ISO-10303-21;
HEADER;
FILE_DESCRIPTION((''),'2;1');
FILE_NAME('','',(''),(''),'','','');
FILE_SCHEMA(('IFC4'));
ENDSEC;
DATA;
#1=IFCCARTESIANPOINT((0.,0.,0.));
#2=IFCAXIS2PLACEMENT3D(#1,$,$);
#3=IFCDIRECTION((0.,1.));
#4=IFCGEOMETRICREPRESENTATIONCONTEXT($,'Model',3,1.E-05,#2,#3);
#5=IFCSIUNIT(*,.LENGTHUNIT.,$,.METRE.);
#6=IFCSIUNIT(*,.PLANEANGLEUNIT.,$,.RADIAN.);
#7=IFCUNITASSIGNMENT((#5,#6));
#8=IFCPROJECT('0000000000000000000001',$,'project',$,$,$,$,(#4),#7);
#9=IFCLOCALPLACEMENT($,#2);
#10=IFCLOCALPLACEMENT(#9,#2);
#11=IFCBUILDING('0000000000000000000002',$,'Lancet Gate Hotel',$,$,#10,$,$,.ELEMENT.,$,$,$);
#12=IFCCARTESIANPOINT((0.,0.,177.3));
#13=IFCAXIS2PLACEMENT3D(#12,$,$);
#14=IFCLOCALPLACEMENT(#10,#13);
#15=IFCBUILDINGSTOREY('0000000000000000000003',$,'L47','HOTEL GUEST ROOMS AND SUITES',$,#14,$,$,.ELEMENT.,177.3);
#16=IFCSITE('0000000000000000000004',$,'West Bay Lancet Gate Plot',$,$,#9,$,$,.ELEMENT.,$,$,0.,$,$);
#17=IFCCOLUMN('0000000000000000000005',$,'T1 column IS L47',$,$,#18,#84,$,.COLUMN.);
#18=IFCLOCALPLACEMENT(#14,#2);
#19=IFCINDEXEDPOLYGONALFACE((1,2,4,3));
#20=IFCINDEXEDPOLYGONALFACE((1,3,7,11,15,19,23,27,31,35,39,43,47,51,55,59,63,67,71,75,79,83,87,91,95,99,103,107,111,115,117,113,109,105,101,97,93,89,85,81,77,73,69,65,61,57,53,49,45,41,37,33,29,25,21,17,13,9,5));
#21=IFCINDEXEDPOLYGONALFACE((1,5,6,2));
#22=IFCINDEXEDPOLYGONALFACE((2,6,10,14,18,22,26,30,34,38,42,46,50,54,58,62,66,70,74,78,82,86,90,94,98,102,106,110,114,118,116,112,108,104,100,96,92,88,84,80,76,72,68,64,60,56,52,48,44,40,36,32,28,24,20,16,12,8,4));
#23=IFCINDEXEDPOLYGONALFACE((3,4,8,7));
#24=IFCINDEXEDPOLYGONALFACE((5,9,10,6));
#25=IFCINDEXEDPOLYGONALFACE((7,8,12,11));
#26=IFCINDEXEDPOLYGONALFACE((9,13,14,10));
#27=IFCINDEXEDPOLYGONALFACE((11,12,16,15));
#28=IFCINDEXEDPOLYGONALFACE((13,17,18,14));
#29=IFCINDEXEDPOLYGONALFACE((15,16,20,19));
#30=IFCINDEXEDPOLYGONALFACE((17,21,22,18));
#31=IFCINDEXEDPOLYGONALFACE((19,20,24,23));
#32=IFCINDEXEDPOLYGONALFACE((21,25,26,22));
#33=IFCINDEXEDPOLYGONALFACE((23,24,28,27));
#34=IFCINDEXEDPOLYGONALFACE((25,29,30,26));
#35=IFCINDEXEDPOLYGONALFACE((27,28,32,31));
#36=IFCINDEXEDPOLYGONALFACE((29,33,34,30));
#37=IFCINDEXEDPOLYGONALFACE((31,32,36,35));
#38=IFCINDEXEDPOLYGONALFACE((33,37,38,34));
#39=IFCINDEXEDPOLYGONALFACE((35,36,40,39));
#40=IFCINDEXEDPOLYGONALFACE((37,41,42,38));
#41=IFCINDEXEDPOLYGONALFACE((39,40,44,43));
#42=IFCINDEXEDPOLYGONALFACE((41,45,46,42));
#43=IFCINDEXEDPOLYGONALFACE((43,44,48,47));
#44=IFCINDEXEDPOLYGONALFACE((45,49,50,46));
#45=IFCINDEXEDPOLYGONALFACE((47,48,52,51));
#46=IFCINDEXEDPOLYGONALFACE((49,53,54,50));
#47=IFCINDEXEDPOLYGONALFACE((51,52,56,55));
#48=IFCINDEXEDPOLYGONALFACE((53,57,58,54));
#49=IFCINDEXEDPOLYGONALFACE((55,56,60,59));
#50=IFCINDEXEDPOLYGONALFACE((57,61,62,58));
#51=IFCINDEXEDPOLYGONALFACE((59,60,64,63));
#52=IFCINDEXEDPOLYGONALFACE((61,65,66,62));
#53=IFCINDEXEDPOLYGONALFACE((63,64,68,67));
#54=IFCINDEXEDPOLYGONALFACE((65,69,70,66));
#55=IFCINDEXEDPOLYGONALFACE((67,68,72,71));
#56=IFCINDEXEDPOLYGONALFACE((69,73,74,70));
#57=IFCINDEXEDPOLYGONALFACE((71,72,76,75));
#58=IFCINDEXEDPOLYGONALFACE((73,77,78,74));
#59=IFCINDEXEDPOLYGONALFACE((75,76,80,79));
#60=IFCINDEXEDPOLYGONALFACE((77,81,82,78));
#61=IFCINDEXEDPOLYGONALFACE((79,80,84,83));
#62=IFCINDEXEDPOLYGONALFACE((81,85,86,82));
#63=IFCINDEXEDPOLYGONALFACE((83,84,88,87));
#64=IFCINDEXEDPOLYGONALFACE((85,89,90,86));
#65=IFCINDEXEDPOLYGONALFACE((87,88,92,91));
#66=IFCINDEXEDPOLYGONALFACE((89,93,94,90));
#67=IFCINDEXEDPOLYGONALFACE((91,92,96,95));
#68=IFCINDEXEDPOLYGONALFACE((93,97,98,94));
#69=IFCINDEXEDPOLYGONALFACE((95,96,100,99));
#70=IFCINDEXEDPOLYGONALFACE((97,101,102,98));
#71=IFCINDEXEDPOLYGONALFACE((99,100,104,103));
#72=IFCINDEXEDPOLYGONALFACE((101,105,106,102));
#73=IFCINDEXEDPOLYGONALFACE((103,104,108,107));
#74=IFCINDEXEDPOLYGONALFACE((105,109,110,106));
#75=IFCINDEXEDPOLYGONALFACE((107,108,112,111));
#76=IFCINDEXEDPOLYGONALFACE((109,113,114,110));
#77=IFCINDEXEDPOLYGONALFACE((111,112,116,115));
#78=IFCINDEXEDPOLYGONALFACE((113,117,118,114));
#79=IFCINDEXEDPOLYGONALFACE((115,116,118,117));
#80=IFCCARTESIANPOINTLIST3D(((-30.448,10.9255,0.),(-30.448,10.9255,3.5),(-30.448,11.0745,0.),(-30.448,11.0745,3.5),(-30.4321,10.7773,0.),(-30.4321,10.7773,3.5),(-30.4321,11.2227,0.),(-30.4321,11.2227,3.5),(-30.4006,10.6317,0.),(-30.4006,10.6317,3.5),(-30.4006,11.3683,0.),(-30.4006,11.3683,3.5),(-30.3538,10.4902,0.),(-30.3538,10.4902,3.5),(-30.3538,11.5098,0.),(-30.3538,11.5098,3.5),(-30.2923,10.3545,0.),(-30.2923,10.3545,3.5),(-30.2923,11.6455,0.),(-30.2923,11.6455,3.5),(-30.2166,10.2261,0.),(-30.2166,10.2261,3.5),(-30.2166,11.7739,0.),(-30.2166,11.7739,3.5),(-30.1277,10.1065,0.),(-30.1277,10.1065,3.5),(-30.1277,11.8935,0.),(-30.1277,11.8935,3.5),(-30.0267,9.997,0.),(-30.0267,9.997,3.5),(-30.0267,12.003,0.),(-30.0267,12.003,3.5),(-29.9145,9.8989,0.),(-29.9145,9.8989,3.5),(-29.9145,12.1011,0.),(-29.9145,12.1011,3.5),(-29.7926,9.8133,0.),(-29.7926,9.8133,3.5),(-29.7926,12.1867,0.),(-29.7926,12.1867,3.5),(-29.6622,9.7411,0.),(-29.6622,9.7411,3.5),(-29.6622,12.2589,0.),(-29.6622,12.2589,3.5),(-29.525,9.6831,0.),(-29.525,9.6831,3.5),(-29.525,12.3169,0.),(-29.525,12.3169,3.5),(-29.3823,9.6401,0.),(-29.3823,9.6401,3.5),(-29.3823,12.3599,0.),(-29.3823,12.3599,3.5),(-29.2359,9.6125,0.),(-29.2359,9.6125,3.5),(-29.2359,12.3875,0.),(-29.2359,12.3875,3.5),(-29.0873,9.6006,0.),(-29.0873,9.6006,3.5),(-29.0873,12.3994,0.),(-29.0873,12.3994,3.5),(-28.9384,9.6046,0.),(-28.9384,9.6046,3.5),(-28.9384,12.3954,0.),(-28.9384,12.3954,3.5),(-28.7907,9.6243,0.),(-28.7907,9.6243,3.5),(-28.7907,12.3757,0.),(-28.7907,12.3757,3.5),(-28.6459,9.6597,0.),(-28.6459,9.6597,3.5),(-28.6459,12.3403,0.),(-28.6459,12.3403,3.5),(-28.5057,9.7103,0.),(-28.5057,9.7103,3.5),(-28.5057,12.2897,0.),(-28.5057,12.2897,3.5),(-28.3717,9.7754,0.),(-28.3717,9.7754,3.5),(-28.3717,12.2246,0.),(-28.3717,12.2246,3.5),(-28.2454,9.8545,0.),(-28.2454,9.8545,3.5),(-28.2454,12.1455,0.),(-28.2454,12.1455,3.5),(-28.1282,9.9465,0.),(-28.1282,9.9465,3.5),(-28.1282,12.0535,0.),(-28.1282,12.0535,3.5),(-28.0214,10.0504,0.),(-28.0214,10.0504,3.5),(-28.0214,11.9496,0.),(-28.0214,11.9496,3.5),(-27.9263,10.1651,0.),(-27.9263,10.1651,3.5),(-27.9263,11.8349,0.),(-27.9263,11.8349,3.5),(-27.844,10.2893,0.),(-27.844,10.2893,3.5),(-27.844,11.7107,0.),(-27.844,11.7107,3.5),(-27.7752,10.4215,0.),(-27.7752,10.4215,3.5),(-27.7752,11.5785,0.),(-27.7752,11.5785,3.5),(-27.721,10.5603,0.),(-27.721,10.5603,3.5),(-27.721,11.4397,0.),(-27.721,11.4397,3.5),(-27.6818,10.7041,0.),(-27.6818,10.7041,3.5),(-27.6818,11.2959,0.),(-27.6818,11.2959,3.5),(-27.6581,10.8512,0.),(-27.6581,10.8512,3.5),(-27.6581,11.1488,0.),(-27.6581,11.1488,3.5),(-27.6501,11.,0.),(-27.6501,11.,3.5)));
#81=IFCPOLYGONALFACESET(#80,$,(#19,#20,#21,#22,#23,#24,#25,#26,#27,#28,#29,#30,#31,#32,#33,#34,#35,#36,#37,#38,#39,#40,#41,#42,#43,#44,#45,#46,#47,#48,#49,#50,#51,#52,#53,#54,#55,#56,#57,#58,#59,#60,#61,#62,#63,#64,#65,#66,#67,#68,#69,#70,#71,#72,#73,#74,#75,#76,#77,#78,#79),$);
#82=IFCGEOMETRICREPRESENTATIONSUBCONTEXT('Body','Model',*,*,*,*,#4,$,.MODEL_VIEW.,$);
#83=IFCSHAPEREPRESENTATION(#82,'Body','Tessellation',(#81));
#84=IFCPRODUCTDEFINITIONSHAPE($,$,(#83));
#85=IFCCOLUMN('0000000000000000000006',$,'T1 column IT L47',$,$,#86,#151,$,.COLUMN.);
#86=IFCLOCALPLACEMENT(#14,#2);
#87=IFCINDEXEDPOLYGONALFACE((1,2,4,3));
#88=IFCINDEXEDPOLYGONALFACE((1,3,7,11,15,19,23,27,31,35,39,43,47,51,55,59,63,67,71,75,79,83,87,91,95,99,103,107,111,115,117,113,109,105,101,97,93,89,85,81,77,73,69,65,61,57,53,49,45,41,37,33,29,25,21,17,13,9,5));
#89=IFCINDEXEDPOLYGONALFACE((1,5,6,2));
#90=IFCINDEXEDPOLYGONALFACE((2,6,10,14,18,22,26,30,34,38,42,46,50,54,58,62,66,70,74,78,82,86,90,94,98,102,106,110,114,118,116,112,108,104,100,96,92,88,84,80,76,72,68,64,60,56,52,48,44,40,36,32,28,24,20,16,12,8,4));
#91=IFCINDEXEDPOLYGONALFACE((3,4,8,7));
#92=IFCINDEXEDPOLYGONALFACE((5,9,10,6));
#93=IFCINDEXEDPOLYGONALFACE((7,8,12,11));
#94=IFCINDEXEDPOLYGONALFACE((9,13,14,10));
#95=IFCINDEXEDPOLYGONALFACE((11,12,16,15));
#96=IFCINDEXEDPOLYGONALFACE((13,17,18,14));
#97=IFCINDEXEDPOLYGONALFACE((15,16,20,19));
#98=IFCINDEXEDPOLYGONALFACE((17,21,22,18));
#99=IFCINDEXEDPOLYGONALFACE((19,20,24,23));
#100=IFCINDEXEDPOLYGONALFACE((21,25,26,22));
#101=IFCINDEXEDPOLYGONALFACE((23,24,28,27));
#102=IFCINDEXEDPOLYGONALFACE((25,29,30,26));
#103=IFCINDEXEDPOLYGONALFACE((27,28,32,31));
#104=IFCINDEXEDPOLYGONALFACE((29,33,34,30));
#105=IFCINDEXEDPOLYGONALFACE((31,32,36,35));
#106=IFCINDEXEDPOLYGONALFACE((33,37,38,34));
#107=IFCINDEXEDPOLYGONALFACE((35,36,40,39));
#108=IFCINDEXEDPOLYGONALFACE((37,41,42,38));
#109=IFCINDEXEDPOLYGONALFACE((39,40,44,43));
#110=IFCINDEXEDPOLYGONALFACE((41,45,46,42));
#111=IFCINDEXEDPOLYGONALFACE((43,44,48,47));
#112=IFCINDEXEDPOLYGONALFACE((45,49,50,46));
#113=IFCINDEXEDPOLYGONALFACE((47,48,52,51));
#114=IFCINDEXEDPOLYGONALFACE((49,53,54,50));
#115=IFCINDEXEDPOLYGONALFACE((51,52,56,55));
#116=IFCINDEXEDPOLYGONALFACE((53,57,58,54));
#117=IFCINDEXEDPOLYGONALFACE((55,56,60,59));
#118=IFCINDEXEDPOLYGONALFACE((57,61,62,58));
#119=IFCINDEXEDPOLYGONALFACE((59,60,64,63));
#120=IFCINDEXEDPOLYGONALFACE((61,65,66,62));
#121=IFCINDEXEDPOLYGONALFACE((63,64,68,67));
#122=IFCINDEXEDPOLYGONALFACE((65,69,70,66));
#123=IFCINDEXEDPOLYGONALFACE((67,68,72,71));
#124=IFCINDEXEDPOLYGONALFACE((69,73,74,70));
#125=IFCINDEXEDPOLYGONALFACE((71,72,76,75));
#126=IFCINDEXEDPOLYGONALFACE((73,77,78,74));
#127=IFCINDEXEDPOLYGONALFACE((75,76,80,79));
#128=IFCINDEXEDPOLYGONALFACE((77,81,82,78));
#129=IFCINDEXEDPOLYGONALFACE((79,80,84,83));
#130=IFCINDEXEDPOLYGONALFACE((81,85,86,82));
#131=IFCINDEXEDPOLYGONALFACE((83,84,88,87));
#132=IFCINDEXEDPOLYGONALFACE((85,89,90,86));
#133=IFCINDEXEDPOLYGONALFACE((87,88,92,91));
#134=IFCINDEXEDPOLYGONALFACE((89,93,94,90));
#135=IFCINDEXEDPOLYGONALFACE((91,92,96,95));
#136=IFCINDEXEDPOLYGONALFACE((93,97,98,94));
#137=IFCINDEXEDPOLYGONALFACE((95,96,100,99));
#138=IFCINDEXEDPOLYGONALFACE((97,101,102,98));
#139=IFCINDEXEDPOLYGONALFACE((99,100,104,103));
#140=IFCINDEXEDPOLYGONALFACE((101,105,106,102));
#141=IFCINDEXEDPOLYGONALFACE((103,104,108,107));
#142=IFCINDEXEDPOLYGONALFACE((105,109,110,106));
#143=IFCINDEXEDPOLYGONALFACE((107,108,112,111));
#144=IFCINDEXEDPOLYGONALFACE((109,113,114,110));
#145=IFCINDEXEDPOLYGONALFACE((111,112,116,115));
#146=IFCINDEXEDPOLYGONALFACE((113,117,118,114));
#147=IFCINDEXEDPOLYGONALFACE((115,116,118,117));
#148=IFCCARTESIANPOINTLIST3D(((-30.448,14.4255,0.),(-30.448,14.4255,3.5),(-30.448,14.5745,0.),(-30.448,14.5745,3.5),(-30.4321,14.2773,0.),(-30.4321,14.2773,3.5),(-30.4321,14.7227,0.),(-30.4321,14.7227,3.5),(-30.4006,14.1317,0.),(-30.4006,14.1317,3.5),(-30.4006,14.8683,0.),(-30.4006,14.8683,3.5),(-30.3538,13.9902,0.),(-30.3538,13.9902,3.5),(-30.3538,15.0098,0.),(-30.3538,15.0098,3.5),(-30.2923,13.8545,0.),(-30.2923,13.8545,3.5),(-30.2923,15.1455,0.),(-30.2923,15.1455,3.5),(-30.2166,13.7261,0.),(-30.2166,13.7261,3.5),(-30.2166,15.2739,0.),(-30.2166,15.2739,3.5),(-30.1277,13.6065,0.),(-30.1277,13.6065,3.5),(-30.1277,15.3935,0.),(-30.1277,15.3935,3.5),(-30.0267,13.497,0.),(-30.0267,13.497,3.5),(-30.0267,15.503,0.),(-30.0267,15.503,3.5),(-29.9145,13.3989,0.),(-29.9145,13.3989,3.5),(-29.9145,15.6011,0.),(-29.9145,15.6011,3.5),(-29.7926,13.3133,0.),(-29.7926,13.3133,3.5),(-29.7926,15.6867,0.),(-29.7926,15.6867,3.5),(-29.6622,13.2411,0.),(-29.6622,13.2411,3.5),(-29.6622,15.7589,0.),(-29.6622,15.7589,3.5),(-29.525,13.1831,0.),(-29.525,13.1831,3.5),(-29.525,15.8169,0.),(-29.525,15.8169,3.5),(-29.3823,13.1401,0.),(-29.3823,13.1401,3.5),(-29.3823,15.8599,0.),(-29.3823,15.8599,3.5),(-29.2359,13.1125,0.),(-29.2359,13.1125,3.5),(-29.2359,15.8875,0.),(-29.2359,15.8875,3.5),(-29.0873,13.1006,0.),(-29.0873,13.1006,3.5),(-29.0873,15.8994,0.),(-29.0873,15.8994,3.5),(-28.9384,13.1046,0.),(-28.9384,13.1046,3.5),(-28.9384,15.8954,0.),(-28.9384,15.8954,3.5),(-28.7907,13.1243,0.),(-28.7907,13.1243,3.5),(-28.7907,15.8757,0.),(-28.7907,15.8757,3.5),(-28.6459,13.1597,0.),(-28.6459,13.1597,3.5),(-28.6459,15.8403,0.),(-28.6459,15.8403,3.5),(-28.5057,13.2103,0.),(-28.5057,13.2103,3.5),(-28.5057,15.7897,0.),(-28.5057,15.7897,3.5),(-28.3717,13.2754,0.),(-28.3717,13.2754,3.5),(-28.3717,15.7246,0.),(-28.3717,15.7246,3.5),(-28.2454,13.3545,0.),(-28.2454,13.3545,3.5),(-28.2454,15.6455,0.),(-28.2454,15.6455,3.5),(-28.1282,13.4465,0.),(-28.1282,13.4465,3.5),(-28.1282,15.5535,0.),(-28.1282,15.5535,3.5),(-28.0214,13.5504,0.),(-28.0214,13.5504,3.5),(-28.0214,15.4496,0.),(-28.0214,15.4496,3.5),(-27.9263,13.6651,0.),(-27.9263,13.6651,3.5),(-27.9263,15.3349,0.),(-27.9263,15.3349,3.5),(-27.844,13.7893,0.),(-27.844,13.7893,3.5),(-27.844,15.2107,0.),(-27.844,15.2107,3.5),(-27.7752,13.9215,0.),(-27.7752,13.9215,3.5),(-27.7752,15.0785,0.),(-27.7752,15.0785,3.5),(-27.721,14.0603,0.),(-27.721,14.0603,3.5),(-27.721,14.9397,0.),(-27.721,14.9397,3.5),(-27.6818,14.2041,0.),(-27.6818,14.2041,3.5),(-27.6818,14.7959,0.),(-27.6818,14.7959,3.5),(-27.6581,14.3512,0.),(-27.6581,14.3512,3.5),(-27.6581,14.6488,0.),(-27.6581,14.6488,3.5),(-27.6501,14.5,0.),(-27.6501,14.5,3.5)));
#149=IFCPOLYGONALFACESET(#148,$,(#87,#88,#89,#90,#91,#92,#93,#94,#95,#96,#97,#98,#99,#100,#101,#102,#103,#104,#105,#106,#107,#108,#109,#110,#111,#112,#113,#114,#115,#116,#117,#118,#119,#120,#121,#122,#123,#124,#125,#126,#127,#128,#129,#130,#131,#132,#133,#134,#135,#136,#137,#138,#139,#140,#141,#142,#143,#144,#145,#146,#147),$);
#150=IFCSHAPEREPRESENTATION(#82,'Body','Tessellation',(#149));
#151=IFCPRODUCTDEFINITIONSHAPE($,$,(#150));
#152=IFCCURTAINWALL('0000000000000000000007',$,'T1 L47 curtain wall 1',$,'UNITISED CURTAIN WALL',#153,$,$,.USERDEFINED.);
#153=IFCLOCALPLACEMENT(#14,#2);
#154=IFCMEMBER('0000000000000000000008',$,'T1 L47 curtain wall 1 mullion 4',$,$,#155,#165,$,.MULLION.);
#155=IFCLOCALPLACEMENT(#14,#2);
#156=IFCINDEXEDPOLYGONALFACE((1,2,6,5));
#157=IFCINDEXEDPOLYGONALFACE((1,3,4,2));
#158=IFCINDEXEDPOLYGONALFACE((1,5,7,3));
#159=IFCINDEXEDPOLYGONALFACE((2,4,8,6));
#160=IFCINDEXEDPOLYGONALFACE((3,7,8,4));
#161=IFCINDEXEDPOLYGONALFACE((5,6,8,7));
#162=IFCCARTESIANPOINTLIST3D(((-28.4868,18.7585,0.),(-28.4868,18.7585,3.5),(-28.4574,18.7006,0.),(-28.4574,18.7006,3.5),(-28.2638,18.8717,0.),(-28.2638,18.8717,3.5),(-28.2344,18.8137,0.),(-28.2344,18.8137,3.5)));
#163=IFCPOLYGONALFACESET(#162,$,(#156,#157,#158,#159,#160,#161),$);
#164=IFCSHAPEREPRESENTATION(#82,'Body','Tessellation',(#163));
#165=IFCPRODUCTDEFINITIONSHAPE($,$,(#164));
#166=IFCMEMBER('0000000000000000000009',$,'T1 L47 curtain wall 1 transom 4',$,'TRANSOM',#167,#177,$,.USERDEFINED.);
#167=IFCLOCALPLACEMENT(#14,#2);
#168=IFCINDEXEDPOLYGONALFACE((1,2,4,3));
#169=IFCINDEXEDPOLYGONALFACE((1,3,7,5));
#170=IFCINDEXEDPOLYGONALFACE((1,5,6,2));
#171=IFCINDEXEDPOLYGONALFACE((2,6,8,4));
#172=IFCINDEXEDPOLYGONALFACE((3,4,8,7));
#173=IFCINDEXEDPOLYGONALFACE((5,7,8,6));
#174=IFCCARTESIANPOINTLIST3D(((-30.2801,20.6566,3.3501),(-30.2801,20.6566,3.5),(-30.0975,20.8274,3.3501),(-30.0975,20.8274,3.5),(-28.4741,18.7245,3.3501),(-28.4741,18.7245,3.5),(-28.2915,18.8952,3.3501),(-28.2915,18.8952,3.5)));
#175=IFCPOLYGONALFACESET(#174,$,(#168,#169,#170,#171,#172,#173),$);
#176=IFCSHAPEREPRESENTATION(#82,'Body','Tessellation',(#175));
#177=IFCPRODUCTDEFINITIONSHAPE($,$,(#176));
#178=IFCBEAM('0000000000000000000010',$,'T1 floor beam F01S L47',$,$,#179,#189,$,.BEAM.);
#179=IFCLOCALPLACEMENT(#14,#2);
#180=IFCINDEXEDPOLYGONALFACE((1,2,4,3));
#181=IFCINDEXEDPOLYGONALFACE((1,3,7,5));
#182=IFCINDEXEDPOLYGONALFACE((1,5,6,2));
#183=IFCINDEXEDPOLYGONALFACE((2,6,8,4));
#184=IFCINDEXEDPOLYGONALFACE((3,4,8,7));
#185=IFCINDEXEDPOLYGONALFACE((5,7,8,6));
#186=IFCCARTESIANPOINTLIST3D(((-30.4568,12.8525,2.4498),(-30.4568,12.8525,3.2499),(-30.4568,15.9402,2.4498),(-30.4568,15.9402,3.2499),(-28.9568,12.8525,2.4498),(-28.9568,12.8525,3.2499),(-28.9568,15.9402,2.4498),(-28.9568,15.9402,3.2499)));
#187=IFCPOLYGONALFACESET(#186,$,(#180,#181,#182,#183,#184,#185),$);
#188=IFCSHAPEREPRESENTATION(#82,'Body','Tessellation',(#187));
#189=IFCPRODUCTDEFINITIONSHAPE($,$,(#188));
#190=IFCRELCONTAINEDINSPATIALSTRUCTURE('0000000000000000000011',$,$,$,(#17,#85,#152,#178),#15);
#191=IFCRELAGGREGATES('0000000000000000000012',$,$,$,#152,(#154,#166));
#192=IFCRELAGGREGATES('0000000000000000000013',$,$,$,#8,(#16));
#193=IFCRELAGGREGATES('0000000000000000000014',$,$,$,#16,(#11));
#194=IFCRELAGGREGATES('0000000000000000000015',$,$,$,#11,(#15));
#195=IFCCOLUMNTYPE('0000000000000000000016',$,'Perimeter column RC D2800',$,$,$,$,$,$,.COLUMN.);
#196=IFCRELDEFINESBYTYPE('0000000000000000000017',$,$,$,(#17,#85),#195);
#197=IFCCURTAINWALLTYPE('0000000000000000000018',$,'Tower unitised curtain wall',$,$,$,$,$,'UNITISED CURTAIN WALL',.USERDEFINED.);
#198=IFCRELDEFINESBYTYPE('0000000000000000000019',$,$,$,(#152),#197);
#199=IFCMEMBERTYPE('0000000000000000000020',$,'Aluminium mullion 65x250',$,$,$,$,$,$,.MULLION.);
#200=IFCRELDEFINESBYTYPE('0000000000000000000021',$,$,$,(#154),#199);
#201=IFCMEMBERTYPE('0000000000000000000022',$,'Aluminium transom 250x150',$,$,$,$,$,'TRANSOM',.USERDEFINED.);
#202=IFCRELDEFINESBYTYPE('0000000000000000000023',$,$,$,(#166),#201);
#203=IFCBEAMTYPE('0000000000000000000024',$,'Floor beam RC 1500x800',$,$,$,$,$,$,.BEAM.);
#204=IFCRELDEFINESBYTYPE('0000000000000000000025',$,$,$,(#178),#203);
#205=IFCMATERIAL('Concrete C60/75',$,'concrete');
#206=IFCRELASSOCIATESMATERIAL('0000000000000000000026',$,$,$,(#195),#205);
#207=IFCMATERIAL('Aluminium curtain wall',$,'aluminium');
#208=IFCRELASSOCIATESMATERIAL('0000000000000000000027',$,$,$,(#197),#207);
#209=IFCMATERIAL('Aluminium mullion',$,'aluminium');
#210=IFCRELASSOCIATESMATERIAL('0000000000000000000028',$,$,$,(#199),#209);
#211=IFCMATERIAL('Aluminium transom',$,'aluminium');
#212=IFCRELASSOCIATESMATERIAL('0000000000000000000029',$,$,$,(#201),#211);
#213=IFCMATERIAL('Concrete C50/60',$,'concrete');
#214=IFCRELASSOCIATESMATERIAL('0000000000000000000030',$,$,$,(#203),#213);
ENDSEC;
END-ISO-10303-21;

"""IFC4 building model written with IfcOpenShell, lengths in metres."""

from ifc_helpers import new_model, si_unit, direction, frame, origin, origin_2d, place, context, subcontext, project, spatial, rectangle, circle, extrude, material, material_profile, profile_set, type_object, element, aggregate, save


model = new_model("IFC4")

# Units and contexts
model_context = context("Model", 3, precision=1e-05, world=origin(), true_north=direction((0.0, 1.0)))
body_context = subcontext(model_context, "Body", "Model", "MODEL_VIEW")
ifc_project = project(units=[si_unit("LENGTHUNIT", "METRE"), si_unit("PLANEANGLEUNIT", "RADIAN")], contexts=[model_context])

# Site, building, storey
site_placement = place(None, origin())
site = spatial("IfcSite", under=ifc_project, at=site_placement, Name="West Bay Lancet Gate Plot", CompositionType="ELEMENT", RefElevation=0.0)
building_placement = place(site_placement, origin())
building = spatial("IfcBuilding", under=site, at=building_placement, Name="Lancet Gate Hotel", CompositionType="ELEMENT")
storey_placement = place(building_placement, frame((0.0, 0.0, 177.3)))
storey = spatial("IfcBuildingStorey", under=building, at=storey_placement, Name="L47", Description="HOTEL GUEST ROOMS AND SUITES", CompositionType="ELEMENT", Elevation=177.3)

# Columns
ifc_material_1 = material(Name="Concrete C60/75", Category="concrete")
ifc_material_profile_1 = material_profile(ifc_material_1, circle(Radius=1.3999, at=origin_2d()), Name="RC D2800")
ifc_profile_set_1 = profile_set([ifc_material_profile_1], Name="Concrete C60/75")
column_type = type_object("IfcColumnType", Name="Perimeter column RC D2800", PredefinedType="COLUMN", material=ifc_profile_set_1)
for number, where, z_axis, x_axis, name in (
    (1, (-29.05, 11.0, 0.0), (0.0, 0.0, 1.0), (1.0, 0.0, 0.0), "T1 column IS L47"),
    (2, (-29.05, 14.5, 0.0), (0.0, 0.0, 1.0), (1.0, 0.0, 0.0), "T1 column IT L47"),
):
    element("IfcColumn", number, at=place(storey_placement, frame(where, z_axis=z_axis, x_axis=x_axis)), inside=storey, type_object=column_type, Name=name, PredefinedType="COLUMN", context=body_context, shape_type="SweptSolid", body=[
        extrude(circle(Radius=1.3999, at=origin_2d()), origin(), (0.0, 0.0, 1.0), 3.5),
    ])

# Curtain wall, members
ifc_material_2 = material(Name="Aluminium curtain wall", Category="aluminium")
curtain_wall_type = type_object("IfcCurtainWallType", Name="Tower unitised curtain wall", ElementType="UNITISED CURTAIN WALL", PredefinedType="USERDEFINED", material=ifc_material_2)
curtain_wall_placement = place(storey_placement, origin())
curtain_wall = element("IfcCurtainWall", 3, at=curtain_wall_placement, inside=storey, type_object=curtain_wall_type, Name="T1 L47 curtain wall 1", ObjectType="UNITISED CURTAIN WALL", PredefinedType="USERDEFINED")
ifc_material_3 = material(Name="Aluminium mullion", Category="aluminium")
ifc_material_profile_2 = material_profile(ifc_material_3, rectangle(XDim=0.0649, YDim=0.25, at=origin_2d()), Name="MULLION 65x250")
ifc_profile_set_2 = profile_set([ifc_material_profile_2], Name="Aluminium mullion")
member_type_1 = type_object("IfcMemberType", Name="Aluminium mullion 65x250", PredefinedType="MULLION", material=ifc_profile_set_2)
member_1_placement = place(storey_placement, frame((-28.3606, 18.7861, 0.0), z_axis=(0.0, 0.0, 1.0), x_axis=(-0.452508, 0.891761, 0.0)))
member_1 = element("IfcMember", 4, at=member_1_placement, type_object=member_type_1, Name="T1 L47 curtain wall 1 mullion 4", PredefinedType="MULLION", context=body_context, shape_type="SweptSolid", body=[
    extrude(rectangle(XDim=0.0649, YDim=0.25, at=origin_2d()), origin(), (0.0, 0.0, 1.0), 3.5),
])
ifc_material_4 = material(Name="Aluminium transom", Category="aluminium")
ifc_material_profile_3 = material_profile(ifc_material_4, rectangle(XDim=0.25, YDim=0.1499, at=origin_2d()), Name="TRANSOM 250x150")
ifc_profile_set_3 = profile_set([ifc_material_profile_3], Name="Aluminium transom")
member_type_2 = type_object("IfcMemberType", Name="Aluminium transom 250x150", ElementType="TRANSOM", PredefinedType="USERDEFINED", material=ifc_profile_set_3)
member_2_placement = place(storey_placement, frame((-28.3828, 18.8098, 3.425), z_axis=(-0.682841, 0.730567, 0.0), x_axis=(-0.730567, -0.682841, 0.0)))
member_2 = element("IfcMember", 5, at=member_2_placement, type_object=member_type_2, Name="T1 L47 curtain wall 1 transom 4", ObjectType="TRANSOM", PredefinedType="USERDEFINED", context=body_context, shape_type="SweptSolid", body=[
    extrude(rectangle(XDim=0.25, YDim=0.1499, at=origin_2d()), origin(), (0.0, 0.0, 1.0), 2.6448),
])

# Beam
ifc_material_5 = material(Name="Concrete C50/60", Category="concrete")
ifc_material_profile_4 = material_profile(ifc_material_5, rectangle(XDim=1.5, YDim=0.8, at=origin_2d()), Name="RC 1500x800")
ifc_profile_set_4 = profile_set([ifc_material_profile_4], Name="Concrete C50/60")
beam_type_1 = type_object("IfcBeamType", Name="Floor beam RC 1500x800", PredefinedType="BEAM", material=ifc_profile_set_4)
beam_1_placement = place(storey_placement, frame((-29.7068, 15.9402, 2.8499), z_axis=(0.0, -1.0, 0.0), x_axis=(1.0, 0.0, 0.0)))
element("IfcBeam", 6, at=beam_1_placement, inside=storey, type_object=beam_type_1, Name="T1 floor beam F01S L47", PredefinedType="BEAM", context=body_context, shape_type="SweptSolid", body=[
    extrude(rectangle(XDim=1.5, YDim=0.8, at=origin_2d()), origin(), (0.0, 0.0, 1.0), 3.0876),
])

aggregate(curtain_wall, [member_1, member_2])

save(model, "model.ifc")
